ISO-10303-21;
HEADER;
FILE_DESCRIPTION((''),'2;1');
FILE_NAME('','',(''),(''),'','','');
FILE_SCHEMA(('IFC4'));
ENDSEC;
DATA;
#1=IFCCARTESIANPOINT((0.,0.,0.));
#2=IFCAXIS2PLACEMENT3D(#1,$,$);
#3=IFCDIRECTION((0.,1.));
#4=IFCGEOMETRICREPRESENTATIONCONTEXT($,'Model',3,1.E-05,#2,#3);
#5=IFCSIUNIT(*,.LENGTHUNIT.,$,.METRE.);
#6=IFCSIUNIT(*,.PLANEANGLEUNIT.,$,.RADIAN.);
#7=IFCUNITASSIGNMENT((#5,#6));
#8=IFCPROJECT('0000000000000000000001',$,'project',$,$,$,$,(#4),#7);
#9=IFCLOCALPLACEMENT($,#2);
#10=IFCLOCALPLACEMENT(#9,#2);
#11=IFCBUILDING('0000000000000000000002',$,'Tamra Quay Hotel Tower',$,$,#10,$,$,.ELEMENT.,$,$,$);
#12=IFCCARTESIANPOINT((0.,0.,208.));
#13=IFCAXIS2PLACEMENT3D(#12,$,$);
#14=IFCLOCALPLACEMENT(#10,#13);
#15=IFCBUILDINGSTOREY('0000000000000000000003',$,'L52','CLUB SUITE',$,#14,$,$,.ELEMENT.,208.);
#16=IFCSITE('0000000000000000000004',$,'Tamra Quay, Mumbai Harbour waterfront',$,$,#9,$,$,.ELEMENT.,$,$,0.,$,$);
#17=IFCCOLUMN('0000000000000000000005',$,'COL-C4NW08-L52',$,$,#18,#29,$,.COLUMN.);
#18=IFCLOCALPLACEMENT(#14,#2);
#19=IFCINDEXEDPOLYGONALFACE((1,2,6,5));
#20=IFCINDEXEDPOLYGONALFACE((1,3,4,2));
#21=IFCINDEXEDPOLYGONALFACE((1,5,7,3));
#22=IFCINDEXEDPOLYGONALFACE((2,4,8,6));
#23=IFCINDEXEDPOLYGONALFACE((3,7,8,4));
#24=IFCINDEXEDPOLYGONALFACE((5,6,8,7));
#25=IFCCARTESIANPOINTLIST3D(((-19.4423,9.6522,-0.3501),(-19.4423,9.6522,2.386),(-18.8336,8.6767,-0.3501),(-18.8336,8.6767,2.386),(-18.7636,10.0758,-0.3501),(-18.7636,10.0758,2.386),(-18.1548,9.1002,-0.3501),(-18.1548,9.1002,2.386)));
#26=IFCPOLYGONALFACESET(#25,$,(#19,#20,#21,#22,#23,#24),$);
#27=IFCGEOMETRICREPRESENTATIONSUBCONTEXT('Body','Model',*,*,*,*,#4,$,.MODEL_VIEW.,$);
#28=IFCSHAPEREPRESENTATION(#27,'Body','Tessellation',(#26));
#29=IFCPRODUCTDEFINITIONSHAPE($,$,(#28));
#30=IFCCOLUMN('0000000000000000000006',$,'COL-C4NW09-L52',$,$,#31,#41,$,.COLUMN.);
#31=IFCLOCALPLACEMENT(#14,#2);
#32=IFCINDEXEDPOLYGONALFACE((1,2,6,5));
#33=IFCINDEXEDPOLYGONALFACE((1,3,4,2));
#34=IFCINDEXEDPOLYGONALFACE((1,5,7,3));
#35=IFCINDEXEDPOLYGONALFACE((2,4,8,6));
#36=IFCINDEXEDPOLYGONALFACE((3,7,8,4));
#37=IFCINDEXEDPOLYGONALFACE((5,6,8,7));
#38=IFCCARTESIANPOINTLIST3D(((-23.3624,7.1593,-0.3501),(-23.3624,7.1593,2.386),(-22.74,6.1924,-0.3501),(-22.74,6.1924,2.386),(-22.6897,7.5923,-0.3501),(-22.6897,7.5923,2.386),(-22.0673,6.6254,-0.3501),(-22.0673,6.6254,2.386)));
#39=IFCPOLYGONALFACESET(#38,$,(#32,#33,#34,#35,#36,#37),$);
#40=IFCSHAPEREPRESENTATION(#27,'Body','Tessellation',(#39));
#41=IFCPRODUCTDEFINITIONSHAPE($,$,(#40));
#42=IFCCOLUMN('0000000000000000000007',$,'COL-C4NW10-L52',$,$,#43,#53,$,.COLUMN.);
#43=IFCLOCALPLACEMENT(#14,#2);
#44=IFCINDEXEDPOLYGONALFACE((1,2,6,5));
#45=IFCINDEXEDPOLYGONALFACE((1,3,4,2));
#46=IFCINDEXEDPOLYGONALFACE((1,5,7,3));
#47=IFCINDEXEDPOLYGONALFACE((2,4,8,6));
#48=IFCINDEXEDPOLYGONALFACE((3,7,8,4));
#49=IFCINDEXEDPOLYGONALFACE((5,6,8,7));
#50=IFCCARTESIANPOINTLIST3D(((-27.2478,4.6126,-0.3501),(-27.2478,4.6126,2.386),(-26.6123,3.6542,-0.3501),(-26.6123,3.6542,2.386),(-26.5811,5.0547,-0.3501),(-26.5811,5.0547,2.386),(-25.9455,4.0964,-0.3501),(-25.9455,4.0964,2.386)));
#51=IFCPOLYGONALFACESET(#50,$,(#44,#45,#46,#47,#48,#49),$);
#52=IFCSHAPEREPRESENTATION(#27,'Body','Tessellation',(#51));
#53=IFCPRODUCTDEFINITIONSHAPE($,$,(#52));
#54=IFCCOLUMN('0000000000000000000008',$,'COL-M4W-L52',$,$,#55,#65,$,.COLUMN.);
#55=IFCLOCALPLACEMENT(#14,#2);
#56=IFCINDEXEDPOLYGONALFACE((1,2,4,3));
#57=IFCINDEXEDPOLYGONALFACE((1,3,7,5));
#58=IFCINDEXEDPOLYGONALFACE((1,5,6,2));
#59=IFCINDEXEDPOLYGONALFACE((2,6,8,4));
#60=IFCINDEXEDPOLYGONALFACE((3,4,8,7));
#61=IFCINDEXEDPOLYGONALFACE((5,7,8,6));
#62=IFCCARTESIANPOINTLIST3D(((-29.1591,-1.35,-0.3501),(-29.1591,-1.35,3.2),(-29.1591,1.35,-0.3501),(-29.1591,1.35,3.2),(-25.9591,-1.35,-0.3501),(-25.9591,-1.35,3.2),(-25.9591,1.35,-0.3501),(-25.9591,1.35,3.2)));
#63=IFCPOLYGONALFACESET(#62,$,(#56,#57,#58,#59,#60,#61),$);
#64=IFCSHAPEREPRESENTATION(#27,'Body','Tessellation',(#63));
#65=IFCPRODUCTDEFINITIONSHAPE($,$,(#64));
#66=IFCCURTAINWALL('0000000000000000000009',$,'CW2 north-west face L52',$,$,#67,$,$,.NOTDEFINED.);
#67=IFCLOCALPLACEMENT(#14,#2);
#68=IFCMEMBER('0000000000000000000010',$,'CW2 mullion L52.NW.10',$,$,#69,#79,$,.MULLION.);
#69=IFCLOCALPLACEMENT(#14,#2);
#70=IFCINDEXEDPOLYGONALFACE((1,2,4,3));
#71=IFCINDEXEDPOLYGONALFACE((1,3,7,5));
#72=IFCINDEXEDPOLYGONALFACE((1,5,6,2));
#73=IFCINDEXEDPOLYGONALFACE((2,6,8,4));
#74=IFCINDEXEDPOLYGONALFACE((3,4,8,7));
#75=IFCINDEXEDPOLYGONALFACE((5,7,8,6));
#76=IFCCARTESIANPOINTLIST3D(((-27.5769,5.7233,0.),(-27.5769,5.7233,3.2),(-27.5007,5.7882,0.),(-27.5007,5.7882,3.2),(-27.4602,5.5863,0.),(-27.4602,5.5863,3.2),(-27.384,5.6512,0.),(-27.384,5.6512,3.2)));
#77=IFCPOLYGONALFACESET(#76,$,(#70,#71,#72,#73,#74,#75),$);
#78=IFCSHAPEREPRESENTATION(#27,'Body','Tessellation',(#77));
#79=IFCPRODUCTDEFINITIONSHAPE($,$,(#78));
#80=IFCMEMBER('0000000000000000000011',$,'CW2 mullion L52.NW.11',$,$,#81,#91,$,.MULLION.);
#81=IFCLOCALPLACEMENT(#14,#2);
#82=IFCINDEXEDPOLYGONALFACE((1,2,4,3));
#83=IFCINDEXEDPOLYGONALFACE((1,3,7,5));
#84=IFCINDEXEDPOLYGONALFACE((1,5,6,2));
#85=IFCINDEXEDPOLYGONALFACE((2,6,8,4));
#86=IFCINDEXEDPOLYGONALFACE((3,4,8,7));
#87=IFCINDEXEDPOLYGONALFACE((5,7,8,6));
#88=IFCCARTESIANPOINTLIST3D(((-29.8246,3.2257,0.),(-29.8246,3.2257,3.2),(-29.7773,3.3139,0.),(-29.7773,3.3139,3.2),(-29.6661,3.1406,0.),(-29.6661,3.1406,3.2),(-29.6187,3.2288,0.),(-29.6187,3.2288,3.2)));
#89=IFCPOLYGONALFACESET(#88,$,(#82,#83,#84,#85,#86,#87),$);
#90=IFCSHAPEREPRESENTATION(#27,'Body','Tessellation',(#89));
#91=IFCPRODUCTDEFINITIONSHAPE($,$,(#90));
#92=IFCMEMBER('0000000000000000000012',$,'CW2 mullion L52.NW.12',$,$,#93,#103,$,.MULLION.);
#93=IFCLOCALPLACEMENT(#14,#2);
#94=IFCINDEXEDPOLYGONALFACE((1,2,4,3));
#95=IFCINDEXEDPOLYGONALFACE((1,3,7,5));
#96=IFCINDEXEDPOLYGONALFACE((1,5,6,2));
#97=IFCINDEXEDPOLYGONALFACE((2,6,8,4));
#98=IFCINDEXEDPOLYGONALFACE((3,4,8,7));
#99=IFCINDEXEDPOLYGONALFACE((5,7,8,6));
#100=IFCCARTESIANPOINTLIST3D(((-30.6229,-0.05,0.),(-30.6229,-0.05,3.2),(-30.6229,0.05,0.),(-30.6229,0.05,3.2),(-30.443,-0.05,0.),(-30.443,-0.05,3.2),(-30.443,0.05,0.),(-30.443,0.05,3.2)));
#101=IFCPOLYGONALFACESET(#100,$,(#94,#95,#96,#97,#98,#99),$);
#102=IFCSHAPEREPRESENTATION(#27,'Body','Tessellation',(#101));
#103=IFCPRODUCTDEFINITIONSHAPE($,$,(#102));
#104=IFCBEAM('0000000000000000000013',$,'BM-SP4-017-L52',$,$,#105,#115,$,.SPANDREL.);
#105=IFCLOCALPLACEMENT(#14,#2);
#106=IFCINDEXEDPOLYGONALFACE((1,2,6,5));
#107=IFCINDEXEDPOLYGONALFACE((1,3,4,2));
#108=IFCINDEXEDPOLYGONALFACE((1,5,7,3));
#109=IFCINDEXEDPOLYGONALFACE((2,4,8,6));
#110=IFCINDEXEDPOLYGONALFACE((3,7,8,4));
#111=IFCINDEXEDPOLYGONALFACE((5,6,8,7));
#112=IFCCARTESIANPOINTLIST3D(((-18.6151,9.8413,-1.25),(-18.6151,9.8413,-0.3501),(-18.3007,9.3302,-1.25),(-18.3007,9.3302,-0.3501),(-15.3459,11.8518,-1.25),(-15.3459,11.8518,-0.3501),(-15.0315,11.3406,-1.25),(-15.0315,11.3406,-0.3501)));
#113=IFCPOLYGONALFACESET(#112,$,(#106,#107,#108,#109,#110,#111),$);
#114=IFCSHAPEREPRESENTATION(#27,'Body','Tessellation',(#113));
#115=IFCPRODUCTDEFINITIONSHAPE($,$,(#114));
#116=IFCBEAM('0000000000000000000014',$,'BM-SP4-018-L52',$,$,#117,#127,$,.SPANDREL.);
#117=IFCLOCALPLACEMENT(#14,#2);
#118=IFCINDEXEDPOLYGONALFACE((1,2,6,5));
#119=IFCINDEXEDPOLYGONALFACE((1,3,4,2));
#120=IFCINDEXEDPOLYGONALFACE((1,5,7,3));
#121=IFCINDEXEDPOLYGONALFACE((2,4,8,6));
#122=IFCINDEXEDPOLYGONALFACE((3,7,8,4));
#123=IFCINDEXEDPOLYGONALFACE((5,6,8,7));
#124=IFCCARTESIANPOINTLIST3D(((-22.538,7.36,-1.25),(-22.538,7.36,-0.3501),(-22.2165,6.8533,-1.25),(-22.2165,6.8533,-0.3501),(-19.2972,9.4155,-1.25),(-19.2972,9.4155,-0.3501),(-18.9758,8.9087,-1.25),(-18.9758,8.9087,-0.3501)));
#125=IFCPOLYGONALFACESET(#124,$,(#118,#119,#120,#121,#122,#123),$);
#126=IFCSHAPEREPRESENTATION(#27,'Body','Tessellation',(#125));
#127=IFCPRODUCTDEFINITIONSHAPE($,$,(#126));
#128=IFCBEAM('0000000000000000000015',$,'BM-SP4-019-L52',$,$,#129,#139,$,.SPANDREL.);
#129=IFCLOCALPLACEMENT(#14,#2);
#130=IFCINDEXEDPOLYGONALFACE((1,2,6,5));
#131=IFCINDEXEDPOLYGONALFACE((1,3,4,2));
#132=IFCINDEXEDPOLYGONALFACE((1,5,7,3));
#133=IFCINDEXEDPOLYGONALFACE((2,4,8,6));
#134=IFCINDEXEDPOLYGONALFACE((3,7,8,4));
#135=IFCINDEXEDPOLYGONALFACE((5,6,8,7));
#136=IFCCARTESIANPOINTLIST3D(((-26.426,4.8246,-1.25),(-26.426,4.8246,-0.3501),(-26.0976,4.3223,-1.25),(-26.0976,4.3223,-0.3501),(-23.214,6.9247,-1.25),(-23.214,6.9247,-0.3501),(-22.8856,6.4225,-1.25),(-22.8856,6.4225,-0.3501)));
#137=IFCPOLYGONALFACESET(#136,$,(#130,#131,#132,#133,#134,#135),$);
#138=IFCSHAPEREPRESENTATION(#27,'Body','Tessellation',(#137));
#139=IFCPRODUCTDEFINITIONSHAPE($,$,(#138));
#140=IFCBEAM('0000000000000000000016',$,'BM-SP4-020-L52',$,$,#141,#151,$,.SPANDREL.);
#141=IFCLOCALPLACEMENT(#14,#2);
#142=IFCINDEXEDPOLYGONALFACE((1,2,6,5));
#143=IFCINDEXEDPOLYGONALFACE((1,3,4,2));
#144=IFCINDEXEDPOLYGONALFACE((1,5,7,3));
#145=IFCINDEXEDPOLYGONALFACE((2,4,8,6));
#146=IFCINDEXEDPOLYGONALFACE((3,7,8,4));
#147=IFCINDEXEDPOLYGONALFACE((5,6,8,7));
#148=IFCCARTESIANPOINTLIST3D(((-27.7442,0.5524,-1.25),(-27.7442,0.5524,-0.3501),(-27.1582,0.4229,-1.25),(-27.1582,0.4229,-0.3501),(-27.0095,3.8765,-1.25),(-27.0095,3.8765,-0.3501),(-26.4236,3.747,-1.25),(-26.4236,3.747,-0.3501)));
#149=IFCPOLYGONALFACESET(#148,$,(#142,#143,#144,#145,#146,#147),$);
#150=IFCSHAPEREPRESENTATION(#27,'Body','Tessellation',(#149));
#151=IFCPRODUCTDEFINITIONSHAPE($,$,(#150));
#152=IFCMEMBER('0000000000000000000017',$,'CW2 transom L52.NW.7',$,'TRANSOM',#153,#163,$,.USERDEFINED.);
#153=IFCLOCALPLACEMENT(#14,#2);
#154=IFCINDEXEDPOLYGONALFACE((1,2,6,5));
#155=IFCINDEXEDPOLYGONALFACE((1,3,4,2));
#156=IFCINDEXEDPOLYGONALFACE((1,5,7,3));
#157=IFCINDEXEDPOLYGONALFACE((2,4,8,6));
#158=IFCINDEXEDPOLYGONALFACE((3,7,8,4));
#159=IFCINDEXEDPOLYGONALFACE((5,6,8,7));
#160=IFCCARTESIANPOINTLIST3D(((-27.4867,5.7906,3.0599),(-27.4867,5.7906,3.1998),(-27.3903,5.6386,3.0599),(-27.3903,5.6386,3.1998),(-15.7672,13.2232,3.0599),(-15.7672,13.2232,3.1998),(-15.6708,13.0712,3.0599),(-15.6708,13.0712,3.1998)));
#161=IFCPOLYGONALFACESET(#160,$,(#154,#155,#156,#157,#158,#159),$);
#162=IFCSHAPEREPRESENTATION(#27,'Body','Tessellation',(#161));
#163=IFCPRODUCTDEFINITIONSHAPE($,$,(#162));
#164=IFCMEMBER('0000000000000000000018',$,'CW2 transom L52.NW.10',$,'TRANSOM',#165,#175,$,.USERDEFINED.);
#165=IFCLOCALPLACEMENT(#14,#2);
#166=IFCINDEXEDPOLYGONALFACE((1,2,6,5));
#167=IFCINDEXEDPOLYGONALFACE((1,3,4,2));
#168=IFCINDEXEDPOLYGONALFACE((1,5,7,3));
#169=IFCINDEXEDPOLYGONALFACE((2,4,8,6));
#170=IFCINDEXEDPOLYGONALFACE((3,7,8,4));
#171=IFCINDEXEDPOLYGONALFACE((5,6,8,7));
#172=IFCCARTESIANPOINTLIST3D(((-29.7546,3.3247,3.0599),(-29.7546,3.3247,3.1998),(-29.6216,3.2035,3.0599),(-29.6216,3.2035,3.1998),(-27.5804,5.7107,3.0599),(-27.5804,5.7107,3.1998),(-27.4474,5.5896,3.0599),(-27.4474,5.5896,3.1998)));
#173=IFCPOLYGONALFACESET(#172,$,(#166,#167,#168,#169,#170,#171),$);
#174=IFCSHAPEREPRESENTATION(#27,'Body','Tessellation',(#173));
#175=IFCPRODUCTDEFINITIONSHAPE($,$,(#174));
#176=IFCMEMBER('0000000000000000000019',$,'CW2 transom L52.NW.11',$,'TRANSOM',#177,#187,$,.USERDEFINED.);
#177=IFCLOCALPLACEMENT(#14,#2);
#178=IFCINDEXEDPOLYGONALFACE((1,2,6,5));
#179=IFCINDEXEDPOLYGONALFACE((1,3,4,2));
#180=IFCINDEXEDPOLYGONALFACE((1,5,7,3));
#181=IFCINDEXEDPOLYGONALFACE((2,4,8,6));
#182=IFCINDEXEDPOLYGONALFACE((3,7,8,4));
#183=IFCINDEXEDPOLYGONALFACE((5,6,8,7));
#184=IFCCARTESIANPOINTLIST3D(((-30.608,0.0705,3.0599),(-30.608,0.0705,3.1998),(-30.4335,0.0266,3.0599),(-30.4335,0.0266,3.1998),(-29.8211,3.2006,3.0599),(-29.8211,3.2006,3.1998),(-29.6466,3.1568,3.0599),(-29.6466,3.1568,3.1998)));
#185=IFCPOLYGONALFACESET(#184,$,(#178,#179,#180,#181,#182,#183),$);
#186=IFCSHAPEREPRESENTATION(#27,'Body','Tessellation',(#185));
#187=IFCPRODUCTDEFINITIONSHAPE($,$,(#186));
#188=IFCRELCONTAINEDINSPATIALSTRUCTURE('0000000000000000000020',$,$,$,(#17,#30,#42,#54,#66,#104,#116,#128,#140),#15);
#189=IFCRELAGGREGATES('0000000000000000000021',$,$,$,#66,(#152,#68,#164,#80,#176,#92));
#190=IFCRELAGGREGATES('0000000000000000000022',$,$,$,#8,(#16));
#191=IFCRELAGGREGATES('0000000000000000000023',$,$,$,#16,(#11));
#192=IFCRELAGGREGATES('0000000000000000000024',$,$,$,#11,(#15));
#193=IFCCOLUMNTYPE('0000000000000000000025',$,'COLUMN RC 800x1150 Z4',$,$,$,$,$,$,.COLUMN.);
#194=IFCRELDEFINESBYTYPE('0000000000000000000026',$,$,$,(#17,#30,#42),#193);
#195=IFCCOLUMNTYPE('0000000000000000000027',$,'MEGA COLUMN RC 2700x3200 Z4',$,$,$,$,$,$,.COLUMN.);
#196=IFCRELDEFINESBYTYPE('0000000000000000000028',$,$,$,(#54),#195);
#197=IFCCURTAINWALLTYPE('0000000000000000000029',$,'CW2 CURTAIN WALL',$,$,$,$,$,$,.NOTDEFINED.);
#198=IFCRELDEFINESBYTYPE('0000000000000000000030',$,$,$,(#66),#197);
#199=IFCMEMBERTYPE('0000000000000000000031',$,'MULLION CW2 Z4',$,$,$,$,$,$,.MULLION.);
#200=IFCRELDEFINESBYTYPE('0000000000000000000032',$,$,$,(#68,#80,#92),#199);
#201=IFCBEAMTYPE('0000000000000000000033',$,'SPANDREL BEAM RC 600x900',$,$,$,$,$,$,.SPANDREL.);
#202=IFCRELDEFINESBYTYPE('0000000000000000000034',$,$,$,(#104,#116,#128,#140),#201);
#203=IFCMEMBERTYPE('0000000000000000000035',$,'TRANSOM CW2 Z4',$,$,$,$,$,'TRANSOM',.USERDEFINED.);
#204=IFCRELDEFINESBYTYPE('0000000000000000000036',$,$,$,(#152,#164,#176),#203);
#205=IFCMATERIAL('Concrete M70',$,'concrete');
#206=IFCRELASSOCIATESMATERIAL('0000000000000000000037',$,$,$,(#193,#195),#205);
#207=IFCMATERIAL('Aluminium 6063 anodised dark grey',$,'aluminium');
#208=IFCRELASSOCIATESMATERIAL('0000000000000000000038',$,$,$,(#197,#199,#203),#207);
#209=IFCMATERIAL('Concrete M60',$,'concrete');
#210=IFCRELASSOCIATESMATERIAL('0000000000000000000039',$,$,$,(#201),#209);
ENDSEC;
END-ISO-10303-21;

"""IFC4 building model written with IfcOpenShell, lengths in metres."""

from ifc_helpers import new_model, si_unit, direction, frame, origin, origin_2d, place, context, subcontext, project, spatial, rectangle, extrude, material, material_profile, profile_set, type_object, element, aggregate, save


model = new_model("IFC4")

# Units and contexts
model_context = context("Model", 3, precision=1e-05, world=origin(), true_north=direction((0.0, 1.0)))
body_context = subcontext(model_context, "Body", "Model", "MODEL_VIEW")
ifc_project = project(units=[si_unit("LENGTHUNIT", "METRE"), si_unit("PLANEANGLEUNIT", "RADIAN")], contexts=[model_context])

# Site, building, storey
site_placement = place(None, origin())
site = spatial("IfcSite", under=ifc_project, at=site_placement, Name="Tamra Quay, Mumbai Harbour waterfront", CompositionType="ELEMENT", RefElevation=0.0)
building_placement = place(site_placement, origin())
building = spatial("IfcBuilding", under=site, at=building_placement, Name="Tamra Quay Hotel Tower", CompositionType="ELEMENT")
storey_placement = place(building_placement, frame((0.0, 0.0, 208.0)))
storey = spatial("IfcBuildingStorey", under=building, at=storey_placement, Name="L52", Description="CLUB SUITE", CompositionType="ELEMENT", Elevation=208.0)

# Columns
ifc_material_1 = material(Name="Concrete M70", Category="concrete")
ifc_material_profile_1 = material_profile(ifc_material_1, rectangle(XDim=1.1499, YDim=0.8, at=origin_2d()), Name="COLUMN RC 800x1150 Z4")
ifc_profile_set_1 = profile_set([ifc_material_profile_1], Name="Concrete M70")
column_type_1 = type_object("IfcColumnType", Name="COLUMN RC 800x1150 Z4", PredefinedType="COLUMN", material=ifc_profile_set_1)
for number, where, z_axis, x_axis, name in (
    (1, (-18.7986, 9.3762, -0.3501), (0.0, 0.0, 1.0), (-0.52941, 0.848366, 0.0), "COL-C4NW08-L52"),
    (2, (-22.7148, 6.8923, -0.3501), (0.0, 0.0, 1.0), (-0.541283, 0.840841, 0.0), "COL-C4NW09-L52"),
    (3, (-26.5967, 4.3545, -0.3501), (0.0, 0.0, 1.0), (-0.552666, 0.833403, 0.0), "COL-C4NW10-L52"),
):
    element("IfcColumn", number, at=place(storey_placement, frame(where, z_axis=z_axis, x_axis=x_axis)), inside=storey, type_object=column_type_1, Name=name, PredefinedType="COLUMN", context=body_context, shape_type="SweptSolid", body=[
        extrude(rectangle(XDim=1.1499, YDim=0.8, at=origin_2d()), origin(), (0.0, 0.0, 1.0), 2.7361),
    ])
ifc_material_profile_2 = material_profile(ifc_material_1, rectangle(XDim=3.2, YDim=2.7, at=origin_2d()), Name="MEGA COLUMN RC 2700x3200 Z4")
ifc_profile_set_2 = profile_set([ifc_material_profile_2], Name="Concrete M70")
column_type_2 = type_object("IfcColumnType", Name="MEGA COLUMN RC 2700x3200 Z4", PredefinedType="COLUMN", material=ifc_profile_set_2)
column_placement = place(storey_placement, frame((-27.5591, 0.0, -0.3501), z_axis=(0.0, 0.0, 1.0), x_axis=(1.0, 0.0, 0.0)))
element("IfcColumn", 4, at=column_placement, inside=storey, type_object=column_type_2, Name="COL-M4W-L52", PredefinedType="COLUMN", context=body_context, shape_type="SweptSolid", body=[
    extrude(rectangle(XDim=3.2, YDim=2.7, at=origin_2d()), origin(), (0.0, 0.0, 1.0), 3.55),
])

# Curtain wall, members
ifc_material_2 = material(Name="Aluminium 6063 anodised dark grey", Category="aluminium")
curtain_wall_type = type_object("IfcCurtainWallType", Name="CW2 CURTAIN WALL", PredefinedType="NOTDEFINED", material=ifc_material_2)
curtain_wall_placement = place(storey_placement, origin())
curtain_wall = element("IfcCurtainWall", 5, at=curtain_wall_placement, inside=storey, type_object=curtain_wall_type, Name="CW2 north-west face L52", PredefinedType="NOTDEFINED")
ifc_material_profile_3 = material_profile(ifc_material_2, rectangle(XDim=0.1799, YDim=0.1001, at=origin_2d()), Name="MULLION 100X180")
ifc_profile_set_3 = profile_set([ifc_material_profile_3], Name="Aluminium 6063 anodised dark grey")
member_type_1 = type_object("IfcMemberType", Name="MULLION CW2 Z4", PredefinedType="MULLION", material=ifc_profile_set_3)
member_1_placement = place(storey_placement, frame((-27.4805, 5.6873, 0.0), z_axis=(0.0, 0.0, 1.0), x_axis=(-0.648381, 0.761316, 0.0)))
member_1 = element("IfcMember", 6, at=member_1_placement, type_object=member_type_1, Name="CW2 mullion L52.NW.10", PredefinedType="MULLION", context=body_context, shape_type="SweptSolid", body=[
    extrude(rectangle(XDim=0.1799, YDim=0.1001, at=origin_2d()), origin(), (0.0, 0.0, 1.0), 3.2),
])
member_2_placement = place(storey_placement, frame((-29.7217, 3.2273, 0.0), z_axis=(0.0, 0.0, 1.0), x_axis=(-0.881098, 0.472935, 0.0)))
member_2 = element("IfcMember", 7, at=member_2_placement, type_object=member_type_1, Name="CW2 mullion L52.NW.11", PredefinedType="MULLION", context=body_context, shape_type="SweptSolid", body=[
    extrude(rectangle(XDim=0.1799, YDim=0.1001, at=origin_2d()), origin(), (0.0, 0.0, 1.0), 3.2),
])
member_3_placement = place(storey_placement, frame((-30.533, 0.0, 0.0), z_axis=(0.0, 0.0, 1.0), x_axis=(-1.0, 0.0, 0.0)))
member_3 = element("IfcMember", 8, at=member_3_placement, type_object=member_type_1, Name="CW2 mullion L52.NW.12", PredefinedType="MULLION", context=body_context, shape_type="SweptSolid", body=[
    extrude(rectangle(XDim=0.1799, YDim=0.1001, at=origin_2d()), origin(), (0.0, 0.0, 1.0), 3.2),
])

# Beams
ifc_material_3 = material(Name="Concrete M60", Category="concrete")
ifc_material_profile_4 = material_profile(ifc_material_3, rectangle(XDim=0.6001, YDim=0.8999, at=origin_2d()), Name="SPANDREL BEAM RC 600x900")
ifc_profile_set_4 = profile_set([ifc_material_profile_4], Name="Concrete M60")
beam_type = type_object("IfcBeamType", Name="SPANDREL BEAM RC 600x900", PredefinedType="SPANDREL", material=ifc_profile_set_4)
beam_1_placement = place(storey_placement, frame((-15.1887, 11.5962, -0.8), z_axis=(-0.851818, -0.523838, 0.0), x_axis=(0.523838, -0.851818, 0.0)))
element("IfcBeam", 9, at=beam_1_placement, inside=storey, type_object=beam_type, Name="BM-SP4-017-L52", PredefinedType="SPANDREL", context=body_context, shape_type="SweptSolid", body=[
    extrude(rectangle(XDim=0.6001, YDim=0.8999, at=origin_2d()), origin(), (0.0, 0.0, 1.0), 3.8379),
])
for number, where, z_axis, x_axis, name in (
    (10, (-19.1365, 9.1621, -0.8), (-0.84447, -0.535603, 0.0), (0.535603, -0.84447, 0.0), "BM-SP4-018-L52"),
    (11, (-23.0498, 6.6736, -0.8), (-0.83697, -0.547249, 0.0), (0.547249, -0.83697, 0.0), "BM-SP4-019-L52"),
):
    element("IfcBeam", number, at=place(storey_placement, frame(where, z_axis=z_axis, x_axis=x_axis)), inside=storey, type_object=beam_type, Name=name, PredefinedType="SPANDREL", context=body_context, shape_type="SweptSolid", body=[
        extrude(rectangle(XDim=0.6001, YDim=0.8999, at=origin_2d()), origin(), (0.0, 0.0, 1.0), 3.8376),
    ])
beam_2_placement = place(storey_placement, frame((-26.7166, 3.8118, -0.8), z_axis=(-0.215799, -0.976438, 0.0), x_axis=(0.976438, -0.215799, 0.0)))
element("IfcBeam", 12, at=beam_2_placement, inside=storey, type_object=beam_type, Name="BM-SP4-020-L52", PredefinedType="SPANDREL", context=body_context, shape_type="SweptSolid", body=[
    extrude(rectangle(XDim=0.6001, YDim=0.8999, at=origin_2d()), origin(), (0.0, 0.0, 1.0), 3.4043),
])

# Members
ifc_material_profile_5 = material_profile(ifc_material_2, rectangle(XDim=0.1799, YDim=0.1399, at=origin_2d()), Name="TRANSOM 180X140")
ifc_profile_set_5 = profile_set([ifc_material_profile_5], Name="Aluminium 6063 anodised dark grey")
member_type_2 = type_object("IfcMemberType", Name="TRANSOM CW2 Z4", ElementType="TRANSOM", PredefinedType="USERDEFINED", material=ifc_profile_set_5)
member_4_placement = place(storey_placement, frame((-15.719, 13.1472, 3.1299), z_axis=(-0.844484, -0.535581, 0.0), x_axis=(0.535581, -0.844484, 0.0)))
member_4 = element("IfcMember", 13, at=member_4_placement, type_object=member_type_2, Name="CW2 transom L52.NW.7", ObjectType="TRANSOM", PredefinedType="USERDEFINED", context=body_context, shape_type="SweptSolid", body=[
    extrude(rectangle(XDim=0.1799, YDim=0.1399, at=origin_2d()), origin(), (0.0, 0.0, 1.0), 13.8777),
])
member_5_placement = place(storey_placement, frame((-27.5139, 5.6501, 3.1299), z_axis=(-0.673519, -0.73917, 0.0), x_axis=(0.73917, -0.673519, 0.0)))
member_5 = element("IfcMember", 14, at=member_5_placement, type_object=member_type_2, Name="CW2 transom L52.NW.10", ObjectType="TRANSOM", PredefinedType="USERDEFINED", context=body_context, shape_type="SweptSolid", body=[
    extrude(rectangle(XDim=0.1799, YDim=0.1399, at=origin_2d()), origin(), (0.0, 0.0, 1.0), 3.228),
])
member_6_placement = place(storey_placement, frame((-29.7339, 3.1787, 3.1299), z_axis=(-0.243799, -0.969826, 0.0), x_axis=(0.969826, -0.243799, 0.0)))
member_6 = element("IfcMember", 15, at=member_6_placement, type_object=member_type_2, Name="CW2 transom L52.NW.11", ObjectType="TRANSOM", PredefinedType="USERDEFINED", context=body_context, shape_type="SweptSolid", body=[
    extrude(rectangle(XDim=0.1799, YDim=0.1399, at=origin_2d()), origin(), (0.0, 0.0, 1.0), 3.2275),
])

aggregate(curtain_wall, [member_4, member_1, member_5, member_2, member_6, member_3])

save(model, "model.ifc")
